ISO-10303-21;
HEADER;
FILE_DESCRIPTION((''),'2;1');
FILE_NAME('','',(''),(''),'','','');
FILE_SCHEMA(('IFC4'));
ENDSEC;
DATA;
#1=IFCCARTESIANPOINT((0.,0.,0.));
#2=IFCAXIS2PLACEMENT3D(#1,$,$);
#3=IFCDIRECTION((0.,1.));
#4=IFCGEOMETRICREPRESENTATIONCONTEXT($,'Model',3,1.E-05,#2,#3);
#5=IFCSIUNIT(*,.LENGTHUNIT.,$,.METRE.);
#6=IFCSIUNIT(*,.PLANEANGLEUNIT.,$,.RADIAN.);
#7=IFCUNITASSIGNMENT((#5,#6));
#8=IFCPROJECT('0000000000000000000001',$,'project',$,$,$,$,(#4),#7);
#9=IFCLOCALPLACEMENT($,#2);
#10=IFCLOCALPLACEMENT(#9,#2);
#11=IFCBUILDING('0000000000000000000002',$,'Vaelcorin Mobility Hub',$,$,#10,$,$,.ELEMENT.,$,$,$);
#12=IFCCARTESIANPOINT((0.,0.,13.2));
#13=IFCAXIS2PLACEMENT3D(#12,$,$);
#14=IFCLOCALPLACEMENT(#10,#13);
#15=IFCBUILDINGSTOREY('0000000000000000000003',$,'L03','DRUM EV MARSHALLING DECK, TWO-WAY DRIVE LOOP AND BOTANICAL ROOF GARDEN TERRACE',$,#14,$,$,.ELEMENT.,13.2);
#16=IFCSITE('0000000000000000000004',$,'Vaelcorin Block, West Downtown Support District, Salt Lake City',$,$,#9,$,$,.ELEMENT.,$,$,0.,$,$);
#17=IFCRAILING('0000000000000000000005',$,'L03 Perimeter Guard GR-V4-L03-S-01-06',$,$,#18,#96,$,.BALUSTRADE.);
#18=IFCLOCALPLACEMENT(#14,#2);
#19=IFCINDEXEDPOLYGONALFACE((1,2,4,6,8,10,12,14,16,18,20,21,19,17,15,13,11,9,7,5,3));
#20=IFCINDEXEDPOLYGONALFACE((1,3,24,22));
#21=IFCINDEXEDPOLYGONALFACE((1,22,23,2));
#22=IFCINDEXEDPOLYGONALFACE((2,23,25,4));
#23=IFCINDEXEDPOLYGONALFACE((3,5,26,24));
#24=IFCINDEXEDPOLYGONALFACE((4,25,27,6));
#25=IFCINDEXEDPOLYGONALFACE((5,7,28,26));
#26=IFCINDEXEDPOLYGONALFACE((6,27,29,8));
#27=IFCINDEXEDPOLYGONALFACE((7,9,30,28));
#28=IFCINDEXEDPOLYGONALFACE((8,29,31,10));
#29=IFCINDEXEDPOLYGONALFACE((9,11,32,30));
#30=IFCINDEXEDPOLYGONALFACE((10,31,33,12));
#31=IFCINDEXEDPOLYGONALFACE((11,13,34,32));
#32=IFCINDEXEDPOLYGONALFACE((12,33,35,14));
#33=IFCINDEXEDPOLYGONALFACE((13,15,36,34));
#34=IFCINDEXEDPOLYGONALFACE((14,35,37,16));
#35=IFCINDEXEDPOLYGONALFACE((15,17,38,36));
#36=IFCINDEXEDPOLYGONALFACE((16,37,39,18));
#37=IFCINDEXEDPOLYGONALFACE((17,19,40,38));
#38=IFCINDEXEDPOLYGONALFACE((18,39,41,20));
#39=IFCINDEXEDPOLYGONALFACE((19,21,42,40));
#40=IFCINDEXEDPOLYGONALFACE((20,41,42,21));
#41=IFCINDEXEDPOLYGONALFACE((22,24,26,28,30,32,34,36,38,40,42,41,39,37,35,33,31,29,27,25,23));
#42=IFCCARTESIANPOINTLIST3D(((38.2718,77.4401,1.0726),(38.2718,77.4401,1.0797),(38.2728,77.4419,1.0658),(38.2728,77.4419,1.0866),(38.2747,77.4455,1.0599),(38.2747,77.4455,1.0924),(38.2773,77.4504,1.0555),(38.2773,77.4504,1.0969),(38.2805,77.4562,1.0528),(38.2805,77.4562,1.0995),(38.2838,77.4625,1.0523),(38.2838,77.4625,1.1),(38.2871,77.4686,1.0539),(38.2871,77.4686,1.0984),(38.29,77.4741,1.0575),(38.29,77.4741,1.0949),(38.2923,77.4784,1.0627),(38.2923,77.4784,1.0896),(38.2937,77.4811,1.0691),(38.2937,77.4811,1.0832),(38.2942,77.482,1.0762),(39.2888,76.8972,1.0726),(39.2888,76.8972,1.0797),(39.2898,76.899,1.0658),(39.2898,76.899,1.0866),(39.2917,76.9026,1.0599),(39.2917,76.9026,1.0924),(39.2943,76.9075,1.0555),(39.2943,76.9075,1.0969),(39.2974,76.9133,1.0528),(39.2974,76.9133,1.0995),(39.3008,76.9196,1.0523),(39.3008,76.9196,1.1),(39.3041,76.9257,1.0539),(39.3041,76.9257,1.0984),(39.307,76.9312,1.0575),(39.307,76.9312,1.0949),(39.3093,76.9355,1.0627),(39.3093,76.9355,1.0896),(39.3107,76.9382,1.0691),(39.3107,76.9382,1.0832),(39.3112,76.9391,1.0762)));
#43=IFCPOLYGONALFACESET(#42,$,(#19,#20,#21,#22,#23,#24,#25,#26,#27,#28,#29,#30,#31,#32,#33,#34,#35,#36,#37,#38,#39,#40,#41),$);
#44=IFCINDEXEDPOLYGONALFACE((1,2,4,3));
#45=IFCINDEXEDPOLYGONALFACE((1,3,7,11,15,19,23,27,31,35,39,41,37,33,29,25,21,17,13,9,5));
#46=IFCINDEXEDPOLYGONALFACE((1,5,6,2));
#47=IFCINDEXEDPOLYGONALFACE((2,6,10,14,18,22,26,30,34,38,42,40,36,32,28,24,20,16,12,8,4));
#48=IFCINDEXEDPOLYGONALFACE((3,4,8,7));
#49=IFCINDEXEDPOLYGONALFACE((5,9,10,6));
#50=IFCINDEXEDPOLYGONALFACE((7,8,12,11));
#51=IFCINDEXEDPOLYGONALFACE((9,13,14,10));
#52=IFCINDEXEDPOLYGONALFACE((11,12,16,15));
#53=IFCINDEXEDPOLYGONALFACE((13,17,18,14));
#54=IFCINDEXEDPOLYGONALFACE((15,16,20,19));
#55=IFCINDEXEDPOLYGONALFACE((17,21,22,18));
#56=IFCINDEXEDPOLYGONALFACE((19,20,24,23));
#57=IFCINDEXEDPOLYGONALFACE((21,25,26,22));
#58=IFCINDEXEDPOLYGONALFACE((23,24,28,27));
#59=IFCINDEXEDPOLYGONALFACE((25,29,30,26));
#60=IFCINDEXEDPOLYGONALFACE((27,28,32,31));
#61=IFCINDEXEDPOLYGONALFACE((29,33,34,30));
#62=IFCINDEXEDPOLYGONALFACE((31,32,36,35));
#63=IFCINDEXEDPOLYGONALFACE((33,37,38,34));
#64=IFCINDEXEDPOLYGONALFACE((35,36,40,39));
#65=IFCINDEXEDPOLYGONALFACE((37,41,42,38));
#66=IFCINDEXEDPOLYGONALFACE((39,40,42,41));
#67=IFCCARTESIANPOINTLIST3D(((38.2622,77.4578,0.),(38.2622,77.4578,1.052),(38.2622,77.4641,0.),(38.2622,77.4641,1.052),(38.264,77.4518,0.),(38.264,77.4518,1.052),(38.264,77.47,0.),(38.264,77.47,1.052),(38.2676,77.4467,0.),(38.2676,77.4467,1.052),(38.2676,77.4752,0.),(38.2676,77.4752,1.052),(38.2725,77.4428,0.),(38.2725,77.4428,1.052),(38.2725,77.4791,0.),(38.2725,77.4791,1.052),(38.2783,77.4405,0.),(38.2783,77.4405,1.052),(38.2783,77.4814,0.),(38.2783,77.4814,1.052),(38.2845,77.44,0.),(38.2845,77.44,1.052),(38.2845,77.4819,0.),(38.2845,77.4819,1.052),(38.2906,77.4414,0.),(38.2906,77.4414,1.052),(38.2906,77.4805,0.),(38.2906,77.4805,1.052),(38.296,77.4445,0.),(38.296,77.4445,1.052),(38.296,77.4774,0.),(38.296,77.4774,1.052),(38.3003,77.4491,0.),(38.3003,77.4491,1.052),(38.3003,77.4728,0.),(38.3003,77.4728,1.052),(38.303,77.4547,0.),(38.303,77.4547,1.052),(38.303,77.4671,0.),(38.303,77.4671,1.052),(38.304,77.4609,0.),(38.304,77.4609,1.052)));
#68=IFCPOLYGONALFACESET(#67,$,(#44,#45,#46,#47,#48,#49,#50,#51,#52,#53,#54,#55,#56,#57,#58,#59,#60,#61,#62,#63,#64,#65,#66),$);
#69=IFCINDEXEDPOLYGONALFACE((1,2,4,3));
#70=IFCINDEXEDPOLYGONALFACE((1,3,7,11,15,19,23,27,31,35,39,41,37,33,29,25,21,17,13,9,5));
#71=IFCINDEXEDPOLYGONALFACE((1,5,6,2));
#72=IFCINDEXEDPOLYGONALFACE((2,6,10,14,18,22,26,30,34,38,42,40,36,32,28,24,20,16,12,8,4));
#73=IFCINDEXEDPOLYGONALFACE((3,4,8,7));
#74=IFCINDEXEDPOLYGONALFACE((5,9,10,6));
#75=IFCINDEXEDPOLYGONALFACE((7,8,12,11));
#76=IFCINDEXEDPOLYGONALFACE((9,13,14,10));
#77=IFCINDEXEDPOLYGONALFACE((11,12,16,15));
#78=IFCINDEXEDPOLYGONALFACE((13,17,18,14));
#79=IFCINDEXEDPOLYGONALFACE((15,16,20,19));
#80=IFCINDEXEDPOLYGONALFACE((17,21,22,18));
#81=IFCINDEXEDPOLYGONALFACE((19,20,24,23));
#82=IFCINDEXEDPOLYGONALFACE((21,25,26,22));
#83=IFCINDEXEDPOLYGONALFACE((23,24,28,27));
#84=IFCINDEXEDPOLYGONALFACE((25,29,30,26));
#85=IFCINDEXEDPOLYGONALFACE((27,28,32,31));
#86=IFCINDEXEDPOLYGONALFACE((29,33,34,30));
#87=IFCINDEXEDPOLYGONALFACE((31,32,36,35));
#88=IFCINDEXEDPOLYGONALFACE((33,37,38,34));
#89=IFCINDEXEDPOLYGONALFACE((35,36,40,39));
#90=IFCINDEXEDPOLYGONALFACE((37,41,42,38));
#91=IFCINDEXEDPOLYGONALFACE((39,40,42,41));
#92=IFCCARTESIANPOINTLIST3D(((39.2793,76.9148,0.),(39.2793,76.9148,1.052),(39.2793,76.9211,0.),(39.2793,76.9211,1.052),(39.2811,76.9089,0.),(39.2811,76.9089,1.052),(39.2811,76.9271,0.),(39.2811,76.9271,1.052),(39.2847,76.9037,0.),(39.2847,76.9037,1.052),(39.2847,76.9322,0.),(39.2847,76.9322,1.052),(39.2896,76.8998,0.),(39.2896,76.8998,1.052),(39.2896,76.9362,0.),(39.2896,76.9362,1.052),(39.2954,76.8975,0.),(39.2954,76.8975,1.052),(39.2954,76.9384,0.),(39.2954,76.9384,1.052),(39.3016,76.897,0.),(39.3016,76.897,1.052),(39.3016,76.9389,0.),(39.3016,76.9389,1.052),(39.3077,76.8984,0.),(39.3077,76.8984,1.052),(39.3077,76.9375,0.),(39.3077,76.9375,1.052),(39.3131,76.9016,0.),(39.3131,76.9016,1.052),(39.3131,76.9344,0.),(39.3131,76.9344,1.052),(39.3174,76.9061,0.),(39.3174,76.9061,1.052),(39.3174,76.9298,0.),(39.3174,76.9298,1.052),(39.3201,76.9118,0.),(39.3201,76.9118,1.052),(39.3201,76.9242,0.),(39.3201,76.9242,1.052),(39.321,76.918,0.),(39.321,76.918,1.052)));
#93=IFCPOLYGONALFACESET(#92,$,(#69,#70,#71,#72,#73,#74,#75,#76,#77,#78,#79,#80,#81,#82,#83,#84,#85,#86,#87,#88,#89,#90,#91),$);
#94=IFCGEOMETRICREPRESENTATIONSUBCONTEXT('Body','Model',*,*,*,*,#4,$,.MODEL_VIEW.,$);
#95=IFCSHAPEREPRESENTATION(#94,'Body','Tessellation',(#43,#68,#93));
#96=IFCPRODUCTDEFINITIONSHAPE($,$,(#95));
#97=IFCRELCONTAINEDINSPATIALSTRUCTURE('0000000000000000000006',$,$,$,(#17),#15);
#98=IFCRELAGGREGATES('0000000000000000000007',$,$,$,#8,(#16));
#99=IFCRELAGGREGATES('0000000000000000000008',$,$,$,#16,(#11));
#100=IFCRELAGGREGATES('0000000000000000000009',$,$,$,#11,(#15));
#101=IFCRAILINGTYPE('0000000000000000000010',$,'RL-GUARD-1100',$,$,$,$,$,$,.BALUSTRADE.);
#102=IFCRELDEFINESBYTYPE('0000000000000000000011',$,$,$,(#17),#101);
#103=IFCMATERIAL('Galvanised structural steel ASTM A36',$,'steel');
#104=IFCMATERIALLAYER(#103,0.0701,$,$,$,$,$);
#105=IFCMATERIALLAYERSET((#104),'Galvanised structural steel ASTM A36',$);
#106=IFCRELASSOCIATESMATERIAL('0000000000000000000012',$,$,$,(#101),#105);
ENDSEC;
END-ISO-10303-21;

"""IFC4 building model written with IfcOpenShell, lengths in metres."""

from ifc_helpers import new_model, si_unit, direction, frame, origin, origin_2d, place, context, subcontext, project, spatial, circle, extrude, material, layer, layer_set, type_object, element, save


model = new_model("IFC4")

# Units and contexts
model_context = context("Model", 3, precision=1e-05, world=origin(), true_north=direction((0.0, 1.0)))
body_context = subcontext(model_context, "Body", "Model", "MODEL_VIEW")
ifc_project = project(units=[si_unit("LENGTHUNIT", "METRE"), si_unit("PLANEANGLEUNIT", "RADIAN")], contexts=[model_context])

# Site, building, storey
site_placement = place(None, origin())
site = spatial("IfcSite", under=ifc_project, at=site_placement, Name="Vaelcorin Block, West Downtown Support District, Salt Lake City", CompositionType="ELEMENT", RefElevation=0.0)
building_placement = place(site_placement, origin())
building = spatial("IfcBuilding", under=site, at=building_placement, Name="Vaelcorin Mobility Hub", CompositionType="ELEMENT")
storey_placement = place(building_placement, frame((0.0, 0.0, 13.2)))
storey = spatial("IfcBuildingStorey", under=building, at=storey_placement, Name="L03", Description="DRUM EV MARSHALLING DECK, TWO-WAY DRIVE LOOP AND BOTANICAL ROOF GARDEN TERRACE", CompositionType="ELEMENT", Elevation=13.2)

# Railing
ifc_material_1 = material(Name="Galvanised structural steel ASTM A36", Category="steel")
ifc_layer_1 = layer(ifc_material_1, 0.0701)
ifc_layer_set_1 = layer_set([ifc_layer_1], Name="Galvanised structural steel ASTM A36")
railing_type = type_object("IfcRailingType", Name="RL-GUARD-1100", PredefinedType="BALUSTRADE", material=ifc_layer_set_1)
railing_1_placement = place(storey_placement, frame((38.283, 77.4609, 0.0)))
element("IfcRailing", 1, at=railing_1_placement, inside=storey, type_object=railing_type, Name="L03 Perimeter Guard GR-V4-L03-S-01-06", PredefinedType="BALUSTRADE", context=body_context, shape_type="SweptSolid", body=[
    extrude(circle(Radius=0.0239, at=origin_2d()), frame((0.0, 0.0, 1.0762), z_axis=(0.882165, -0.47094, 0.0), x_axis=(0.47094, 0.882165, 0.0)), (0.0, 0.0, 1.0), 1.1528),
    extrude(circle(Radius=0.021, at=origin_2d()), origin(), (0.0, 0.0, 1.0), 1.052),
    extrude(circle(Radius=0.021, at=origin_2d()), frame((1.0171, -0.543, 0.0)), (0.0, 0.0, 1.0), 1.052),
])

save(model, "model.ifc")
